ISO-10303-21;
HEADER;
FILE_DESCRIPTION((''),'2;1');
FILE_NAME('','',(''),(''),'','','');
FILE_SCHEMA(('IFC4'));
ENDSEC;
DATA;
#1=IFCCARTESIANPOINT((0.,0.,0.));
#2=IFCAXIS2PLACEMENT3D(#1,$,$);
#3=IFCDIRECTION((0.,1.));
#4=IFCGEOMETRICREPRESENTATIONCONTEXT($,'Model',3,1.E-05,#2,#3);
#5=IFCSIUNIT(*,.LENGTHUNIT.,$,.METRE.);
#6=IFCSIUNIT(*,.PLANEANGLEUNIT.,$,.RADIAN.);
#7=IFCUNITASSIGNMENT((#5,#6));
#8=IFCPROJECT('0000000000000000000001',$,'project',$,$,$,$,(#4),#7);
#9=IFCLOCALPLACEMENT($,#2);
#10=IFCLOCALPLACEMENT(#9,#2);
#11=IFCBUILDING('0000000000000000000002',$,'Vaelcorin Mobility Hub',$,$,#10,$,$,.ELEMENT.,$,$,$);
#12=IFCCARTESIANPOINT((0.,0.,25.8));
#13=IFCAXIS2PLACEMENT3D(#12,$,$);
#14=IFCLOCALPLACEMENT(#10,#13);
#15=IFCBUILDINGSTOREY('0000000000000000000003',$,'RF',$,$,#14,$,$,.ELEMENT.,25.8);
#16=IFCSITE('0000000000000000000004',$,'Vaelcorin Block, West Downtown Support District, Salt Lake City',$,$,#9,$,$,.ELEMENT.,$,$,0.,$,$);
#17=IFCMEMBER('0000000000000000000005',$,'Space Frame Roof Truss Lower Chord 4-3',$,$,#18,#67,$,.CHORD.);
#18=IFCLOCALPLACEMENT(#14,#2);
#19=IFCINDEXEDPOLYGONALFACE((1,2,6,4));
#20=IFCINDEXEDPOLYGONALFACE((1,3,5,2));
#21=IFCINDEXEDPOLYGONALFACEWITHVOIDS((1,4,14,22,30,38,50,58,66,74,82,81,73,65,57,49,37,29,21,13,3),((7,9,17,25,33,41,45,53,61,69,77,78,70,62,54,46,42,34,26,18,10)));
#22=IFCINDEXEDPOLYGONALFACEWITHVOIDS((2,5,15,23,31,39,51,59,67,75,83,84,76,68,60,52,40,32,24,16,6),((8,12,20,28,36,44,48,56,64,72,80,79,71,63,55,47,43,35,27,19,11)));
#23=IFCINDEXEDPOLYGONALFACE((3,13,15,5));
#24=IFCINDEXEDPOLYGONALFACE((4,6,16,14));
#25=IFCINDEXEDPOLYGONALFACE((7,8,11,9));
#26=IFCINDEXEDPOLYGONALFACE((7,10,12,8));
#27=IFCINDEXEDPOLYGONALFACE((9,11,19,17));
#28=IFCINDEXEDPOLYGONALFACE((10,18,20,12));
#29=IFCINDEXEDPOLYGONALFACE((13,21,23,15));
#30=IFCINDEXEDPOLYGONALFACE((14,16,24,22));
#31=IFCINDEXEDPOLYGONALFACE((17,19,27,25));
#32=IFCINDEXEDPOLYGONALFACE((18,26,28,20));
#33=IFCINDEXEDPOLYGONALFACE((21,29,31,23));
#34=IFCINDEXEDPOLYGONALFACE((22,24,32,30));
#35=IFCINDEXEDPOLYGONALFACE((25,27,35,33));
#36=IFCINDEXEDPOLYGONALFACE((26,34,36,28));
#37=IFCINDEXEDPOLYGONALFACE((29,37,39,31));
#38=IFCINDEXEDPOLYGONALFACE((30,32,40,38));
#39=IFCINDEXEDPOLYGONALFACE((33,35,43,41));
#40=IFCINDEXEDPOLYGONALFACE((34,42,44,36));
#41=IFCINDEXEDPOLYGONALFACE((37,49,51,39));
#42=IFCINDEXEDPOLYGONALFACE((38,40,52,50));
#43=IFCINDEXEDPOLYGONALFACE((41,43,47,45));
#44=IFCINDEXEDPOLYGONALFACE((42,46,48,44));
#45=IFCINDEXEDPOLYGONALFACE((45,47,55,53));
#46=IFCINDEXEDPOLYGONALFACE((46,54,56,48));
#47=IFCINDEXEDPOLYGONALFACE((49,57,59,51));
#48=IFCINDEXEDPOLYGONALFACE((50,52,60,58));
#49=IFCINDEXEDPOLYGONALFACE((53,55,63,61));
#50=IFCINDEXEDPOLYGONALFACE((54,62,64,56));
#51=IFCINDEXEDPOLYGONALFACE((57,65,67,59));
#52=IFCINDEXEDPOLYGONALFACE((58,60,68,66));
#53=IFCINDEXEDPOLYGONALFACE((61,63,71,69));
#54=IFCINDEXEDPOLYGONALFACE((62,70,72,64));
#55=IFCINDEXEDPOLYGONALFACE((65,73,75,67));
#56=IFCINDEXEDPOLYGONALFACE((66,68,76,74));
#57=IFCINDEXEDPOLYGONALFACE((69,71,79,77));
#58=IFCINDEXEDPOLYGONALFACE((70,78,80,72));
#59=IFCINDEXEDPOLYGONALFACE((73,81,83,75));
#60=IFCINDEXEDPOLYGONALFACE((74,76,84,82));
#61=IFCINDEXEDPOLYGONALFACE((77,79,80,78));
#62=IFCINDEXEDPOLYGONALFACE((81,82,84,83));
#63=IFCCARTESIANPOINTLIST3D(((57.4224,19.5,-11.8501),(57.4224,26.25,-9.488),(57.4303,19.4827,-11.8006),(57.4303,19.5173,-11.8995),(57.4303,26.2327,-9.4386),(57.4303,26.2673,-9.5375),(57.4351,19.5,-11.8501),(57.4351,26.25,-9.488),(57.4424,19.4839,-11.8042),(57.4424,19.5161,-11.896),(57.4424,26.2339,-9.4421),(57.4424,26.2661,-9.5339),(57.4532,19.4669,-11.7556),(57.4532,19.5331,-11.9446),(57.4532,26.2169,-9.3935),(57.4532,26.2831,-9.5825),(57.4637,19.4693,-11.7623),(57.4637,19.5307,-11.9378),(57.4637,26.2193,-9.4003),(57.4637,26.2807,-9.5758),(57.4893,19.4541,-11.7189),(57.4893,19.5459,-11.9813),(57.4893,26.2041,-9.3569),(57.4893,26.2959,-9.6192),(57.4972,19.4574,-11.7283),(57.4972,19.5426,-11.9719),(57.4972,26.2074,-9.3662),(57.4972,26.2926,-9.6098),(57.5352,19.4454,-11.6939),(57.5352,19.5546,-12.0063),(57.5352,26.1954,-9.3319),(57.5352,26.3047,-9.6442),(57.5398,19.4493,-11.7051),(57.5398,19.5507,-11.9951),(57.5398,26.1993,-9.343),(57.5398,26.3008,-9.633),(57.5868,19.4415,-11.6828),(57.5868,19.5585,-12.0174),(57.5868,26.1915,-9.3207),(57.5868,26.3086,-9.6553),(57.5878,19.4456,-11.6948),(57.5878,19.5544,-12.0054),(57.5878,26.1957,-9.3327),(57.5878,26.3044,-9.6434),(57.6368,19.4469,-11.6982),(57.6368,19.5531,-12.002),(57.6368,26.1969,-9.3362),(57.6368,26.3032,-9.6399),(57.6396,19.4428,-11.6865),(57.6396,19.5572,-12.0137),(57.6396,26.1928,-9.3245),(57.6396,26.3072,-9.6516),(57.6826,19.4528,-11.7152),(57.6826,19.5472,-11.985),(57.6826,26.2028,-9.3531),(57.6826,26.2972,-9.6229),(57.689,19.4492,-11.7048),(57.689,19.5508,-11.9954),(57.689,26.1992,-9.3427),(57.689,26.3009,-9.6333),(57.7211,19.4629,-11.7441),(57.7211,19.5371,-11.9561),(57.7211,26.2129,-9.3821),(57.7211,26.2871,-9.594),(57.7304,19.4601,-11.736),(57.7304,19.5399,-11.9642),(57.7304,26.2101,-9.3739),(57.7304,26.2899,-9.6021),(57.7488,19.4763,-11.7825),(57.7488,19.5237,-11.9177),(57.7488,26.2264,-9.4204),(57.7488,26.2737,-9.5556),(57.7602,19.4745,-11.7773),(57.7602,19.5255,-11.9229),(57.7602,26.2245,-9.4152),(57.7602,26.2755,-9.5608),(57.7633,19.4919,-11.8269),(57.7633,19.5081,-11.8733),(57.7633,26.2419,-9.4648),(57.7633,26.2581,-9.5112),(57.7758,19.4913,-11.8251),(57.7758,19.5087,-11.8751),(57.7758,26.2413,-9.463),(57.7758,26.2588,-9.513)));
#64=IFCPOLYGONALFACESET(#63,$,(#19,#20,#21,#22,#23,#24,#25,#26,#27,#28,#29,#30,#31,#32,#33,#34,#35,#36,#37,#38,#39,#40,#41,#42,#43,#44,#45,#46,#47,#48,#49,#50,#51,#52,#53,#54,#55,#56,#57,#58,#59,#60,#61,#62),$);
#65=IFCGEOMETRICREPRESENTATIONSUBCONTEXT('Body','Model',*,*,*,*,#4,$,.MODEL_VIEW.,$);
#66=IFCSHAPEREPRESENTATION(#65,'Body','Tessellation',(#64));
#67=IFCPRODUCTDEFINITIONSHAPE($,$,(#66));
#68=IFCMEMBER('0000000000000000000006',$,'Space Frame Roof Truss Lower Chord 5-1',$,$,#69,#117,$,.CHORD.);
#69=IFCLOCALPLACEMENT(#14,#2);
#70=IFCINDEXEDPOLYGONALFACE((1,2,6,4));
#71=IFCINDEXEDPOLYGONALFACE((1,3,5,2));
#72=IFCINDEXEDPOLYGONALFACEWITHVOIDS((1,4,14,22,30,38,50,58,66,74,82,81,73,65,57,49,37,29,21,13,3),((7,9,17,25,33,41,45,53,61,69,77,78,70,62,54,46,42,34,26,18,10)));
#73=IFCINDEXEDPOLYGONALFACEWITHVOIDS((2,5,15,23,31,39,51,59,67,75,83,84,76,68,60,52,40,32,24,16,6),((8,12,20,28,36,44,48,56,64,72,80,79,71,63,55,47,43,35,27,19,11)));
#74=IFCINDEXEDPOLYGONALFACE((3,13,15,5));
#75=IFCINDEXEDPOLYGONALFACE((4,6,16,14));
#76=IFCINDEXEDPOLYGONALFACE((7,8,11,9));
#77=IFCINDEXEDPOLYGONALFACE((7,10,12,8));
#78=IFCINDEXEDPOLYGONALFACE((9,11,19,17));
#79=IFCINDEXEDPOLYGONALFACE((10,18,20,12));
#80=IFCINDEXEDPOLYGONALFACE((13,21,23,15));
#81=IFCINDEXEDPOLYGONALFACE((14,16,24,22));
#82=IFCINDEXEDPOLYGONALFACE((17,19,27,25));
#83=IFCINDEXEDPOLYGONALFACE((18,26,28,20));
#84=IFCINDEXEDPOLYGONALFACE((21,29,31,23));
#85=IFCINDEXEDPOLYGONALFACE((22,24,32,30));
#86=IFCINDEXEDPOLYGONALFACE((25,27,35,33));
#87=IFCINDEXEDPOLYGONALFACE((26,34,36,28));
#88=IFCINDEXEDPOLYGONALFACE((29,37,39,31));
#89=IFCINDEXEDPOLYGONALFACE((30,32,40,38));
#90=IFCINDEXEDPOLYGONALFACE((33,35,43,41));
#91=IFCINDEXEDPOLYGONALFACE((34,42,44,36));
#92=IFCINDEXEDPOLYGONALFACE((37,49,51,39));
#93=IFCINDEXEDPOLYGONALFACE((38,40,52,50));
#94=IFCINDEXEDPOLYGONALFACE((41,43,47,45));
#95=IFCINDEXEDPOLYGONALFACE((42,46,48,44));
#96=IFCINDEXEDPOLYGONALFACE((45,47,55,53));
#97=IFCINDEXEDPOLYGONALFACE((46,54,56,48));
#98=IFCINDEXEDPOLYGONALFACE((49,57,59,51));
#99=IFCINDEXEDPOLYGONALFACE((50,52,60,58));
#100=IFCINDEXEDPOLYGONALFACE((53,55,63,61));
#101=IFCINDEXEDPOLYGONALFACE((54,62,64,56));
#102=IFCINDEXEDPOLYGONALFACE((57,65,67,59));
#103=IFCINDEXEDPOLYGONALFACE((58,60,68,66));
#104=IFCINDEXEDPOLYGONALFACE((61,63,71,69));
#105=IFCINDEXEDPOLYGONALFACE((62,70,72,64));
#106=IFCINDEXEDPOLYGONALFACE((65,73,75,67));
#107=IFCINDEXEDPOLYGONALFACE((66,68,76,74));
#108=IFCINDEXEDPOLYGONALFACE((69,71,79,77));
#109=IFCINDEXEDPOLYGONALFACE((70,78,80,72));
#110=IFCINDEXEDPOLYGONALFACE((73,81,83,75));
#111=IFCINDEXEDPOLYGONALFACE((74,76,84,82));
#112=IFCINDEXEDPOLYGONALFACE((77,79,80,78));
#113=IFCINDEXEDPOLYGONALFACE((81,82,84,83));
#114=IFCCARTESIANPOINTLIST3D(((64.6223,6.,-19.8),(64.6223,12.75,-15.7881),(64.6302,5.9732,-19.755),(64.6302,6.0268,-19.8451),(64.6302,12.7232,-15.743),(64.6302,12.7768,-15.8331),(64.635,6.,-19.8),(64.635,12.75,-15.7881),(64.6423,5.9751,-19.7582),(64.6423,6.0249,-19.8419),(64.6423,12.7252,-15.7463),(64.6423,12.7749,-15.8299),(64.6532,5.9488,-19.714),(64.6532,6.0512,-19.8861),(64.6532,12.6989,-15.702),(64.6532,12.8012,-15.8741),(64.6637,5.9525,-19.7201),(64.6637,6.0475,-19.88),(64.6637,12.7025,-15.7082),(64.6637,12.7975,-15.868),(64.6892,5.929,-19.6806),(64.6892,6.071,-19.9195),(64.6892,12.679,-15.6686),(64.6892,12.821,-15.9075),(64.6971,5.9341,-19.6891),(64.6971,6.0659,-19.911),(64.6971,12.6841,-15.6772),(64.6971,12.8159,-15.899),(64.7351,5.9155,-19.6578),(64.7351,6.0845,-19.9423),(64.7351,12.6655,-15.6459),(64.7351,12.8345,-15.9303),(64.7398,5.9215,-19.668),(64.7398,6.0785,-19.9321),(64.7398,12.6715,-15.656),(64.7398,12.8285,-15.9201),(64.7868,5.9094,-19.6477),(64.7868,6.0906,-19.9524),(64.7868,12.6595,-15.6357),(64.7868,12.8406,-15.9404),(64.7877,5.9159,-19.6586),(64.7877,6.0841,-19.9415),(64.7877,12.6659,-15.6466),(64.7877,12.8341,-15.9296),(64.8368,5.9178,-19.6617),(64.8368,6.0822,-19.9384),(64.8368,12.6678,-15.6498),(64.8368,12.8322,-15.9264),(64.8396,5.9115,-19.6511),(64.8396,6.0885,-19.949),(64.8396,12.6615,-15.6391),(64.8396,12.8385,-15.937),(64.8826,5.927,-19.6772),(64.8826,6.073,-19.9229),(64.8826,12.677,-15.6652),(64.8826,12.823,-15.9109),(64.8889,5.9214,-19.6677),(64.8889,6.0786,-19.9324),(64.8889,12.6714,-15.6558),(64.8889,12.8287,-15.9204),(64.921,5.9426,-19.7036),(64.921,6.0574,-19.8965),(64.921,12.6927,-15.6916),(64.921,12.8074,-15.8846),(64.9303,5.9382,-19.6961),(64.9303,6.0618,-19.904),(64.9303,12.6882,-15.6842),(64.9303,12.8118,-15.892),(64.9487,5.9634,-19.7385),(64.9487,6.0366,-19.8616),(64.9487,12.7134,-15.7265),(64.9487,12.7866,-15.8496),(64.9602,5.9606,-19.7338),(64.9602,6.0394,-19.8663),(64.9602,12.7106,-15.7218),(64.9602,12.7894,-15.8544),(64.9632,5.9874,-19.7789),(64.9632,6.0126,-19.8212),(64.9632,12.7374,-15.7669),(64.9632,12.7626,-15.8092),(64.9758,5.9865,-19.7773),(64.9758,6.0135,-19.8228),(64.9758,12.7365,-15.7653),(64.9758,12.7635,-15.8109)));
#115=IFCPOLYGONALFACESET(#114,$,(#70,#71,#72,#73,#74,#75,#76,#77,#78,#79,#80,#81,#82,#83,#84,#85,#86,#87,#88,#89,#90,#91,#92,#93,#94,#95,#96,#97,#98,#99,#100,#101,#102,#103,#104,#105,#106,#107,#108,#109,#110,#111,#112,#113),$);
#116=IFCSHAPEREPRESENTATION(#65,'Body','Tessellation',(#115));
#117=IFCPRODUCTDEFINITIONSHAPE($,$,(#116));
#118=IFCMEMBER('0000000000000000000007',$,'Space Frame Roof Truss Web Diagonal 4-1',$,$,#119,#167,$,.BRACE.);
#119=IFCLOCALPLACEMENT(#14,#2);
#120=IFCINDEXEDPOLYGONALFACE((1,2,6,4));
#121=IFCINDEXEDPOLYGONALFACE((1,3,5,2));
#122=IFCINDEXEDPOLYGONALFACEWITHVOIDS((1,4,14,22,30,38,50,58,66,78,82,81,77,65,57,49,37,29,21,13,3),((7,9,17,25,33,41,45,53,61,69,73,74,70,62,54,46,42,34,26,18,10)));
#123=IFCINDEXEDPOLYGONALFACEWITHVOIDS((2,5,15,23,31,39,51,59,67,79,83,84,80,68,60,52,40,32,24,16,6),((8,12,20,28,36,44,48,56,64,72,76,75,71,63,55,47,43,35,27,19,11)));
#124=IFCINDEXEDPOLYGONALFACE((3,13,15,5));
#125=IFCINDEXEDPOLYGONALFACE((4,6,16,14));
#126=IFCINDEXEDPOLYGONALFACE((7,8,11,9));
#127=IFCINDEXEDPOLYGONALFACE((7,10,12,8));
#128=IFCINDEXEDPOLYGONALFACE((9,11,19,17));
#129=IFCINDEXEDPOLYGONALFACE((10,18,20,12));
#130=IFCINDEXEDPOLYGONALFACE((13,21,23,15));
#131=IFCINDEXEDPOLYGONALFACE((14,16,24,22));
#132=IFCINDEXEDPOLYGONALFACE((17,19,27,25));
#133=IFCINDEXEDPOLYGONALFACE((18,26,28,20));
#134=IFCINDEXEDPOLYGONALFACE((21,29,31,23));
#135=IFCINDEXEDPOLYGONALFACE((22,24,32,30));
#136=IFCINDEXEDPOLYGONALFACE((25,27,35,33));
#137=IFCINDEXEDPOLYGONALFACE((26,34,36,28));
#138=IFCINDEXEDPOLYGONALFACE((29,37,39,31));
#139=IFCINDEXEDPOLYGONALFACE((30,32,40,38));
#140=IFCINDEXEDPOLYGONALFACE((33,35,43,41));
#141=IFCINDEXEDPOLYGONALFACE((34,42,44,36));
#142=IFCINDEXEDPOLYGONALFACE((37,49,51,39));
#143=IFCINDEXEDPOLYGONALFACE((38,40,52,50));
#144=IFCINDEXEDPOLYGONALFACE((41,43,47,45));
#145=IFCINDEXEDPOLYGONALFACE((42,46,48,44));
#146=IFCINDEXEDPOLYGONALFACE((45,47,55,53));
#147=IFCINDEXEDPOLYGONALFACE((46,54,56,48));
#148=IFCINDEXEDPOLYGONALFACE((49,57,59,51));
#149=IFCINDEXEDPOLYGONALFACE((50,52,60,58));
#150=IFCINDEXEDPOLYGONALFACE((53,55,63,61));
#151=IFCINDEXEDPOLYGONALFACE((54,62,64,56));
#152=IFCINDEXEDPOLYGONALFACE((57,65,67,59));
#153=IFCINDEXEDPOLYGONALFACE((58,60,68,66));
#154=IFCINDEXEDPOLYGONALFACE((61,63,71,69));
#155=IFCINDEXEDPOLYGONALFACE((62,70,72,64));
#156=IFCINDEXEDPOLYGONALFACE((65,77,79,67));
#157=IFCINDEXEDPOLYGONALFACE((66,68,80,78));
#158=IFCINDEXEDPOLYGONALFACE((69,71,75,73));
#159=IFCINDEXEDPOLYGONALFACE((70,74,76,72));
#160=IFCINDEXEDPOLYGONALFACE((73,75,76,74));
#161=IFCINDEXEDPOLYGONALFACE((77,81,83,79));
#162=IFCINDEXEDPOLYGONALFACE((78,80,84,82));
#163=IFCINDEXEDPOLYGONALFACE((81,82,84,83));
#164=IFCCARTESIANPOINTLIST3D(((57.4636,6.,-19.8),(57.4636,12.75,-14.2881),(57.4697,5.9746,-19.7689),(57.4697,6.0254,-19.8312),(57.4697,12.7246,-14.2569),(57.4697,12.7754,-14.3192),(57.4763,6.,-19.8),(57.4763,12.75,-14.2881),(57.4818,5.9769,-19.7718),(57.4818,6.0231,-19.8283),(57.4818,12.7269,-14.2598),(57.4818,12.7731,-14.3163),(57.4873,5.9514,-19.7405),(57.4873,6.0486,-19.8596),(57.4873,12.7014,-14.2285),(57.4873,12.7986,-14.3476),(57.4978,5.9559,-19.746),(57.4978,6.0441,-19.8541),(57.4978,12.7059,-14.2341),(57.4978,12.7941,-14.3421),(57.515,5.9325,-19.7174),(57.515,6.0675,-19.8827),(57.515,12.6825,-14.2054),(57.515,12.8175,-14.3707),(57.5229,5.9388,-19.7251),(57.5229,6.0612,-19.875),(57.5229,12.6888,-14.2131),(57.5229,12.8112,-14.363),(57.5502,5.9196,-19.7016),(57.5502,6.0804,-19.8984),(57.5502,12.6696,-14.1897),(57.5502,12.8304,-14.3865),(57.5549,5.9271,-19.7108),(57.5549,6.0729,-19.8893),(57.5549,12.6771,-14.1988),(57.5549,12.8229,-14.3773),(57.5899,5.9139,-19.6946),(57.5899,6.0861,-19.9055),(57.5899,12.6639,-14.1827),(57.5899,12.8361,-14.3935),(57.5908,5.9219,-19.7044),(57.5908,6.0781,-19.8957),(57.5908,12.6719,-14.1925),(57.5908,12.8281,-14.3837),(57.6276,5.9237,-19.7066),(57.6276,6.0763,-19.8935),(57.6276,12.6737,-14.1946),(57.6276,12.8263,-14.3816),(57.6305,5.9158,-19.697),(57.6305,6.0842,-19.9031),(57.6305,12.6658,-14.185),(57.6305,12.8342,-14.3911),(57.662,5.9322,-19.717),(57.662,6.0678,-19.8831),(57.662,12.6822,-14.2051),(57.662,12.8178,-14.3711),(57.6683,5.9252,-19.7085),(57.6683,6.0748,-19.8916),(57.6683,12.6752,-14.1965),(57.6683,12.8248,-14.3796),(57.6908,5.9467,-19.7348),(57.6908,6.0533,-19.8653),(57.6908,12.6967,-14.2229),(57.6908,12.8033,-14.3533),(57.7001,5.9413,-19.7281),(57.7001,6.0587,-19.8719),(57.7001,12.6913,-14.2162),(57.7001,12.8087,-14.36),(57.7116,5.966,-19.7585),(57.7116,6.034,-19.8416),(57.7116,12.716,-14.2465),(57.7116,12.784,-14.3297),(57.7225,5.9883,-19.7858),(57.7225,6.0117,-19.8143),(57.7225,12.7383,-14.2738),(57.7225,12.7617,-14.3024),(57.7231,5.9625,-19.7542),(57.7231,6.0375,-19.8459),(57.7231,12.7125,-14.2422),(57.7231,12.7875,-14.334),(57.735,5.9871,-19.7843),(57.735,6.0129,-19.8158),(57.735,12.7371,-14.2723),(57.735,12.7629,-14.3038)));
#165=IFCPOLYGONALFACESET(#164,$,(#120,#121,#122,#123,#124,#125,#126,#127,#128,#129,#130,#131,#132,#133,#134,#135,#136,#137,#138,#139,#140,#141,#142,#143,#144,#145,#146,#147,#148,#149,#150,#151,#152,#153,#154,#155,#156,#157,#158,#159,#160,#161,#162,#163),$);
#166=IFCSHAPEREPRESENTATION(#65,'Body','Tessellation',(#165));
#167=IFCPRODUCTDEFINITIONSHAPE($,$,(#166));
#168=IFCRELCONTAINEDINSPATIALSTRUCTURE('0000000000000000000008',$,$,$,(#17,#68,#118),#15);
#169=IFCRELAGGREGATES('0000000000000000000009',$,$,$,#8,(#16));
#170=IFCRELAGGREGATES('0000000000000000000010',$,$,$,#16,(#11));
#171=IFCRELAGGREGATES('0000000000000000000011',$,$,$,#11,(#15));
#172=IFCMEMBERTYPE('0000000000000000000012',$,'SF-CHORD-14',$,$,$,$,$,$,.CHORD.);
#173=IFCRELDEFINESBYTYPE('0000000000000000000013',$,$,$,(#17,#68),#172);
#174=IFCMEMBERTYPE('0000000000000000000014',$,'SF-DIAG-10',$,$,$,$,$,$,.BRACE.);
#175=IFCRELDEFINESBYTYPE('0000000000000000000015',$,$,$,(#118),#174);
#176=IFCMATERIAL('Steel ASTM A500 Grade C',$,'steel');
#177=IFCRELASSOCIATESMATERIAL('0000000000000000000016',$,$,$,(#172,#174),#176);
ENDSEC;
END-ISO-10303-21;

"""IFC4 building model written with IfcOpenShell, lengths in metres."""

from ifc_helpers import new_model, si_unit, direction, frame, origin, origin_2d, place, context, subcontext, project, spatial, hollow_circle, extrude, material, material_profile, profile_set, type_object, element, save


model = new_model("IFC4")

# Units and contexts
model_context = context("Model", 3, precision=1e-05, world=origin(), true_north=direction((0.0, 1.0)))
body_context = subcontext(model_context, "Body", "Model", "MODEL_VIEW")
ifc_project = project(units=[si_unit("LENGTHUNIT", "METRE"), si_unit("PLANEANGLEUNIT", "RADIAN")], contexts=[model_context])

# Site, building, storey
site_placement = place(None, origin())
site = spatial("IfcSite", under=ifc_project, at=site_placement, Name="Vaelcorin Block, West Downtown Support District, Salt Lake City", CompositionType="ELEMENT", RefElevation=0.0)
building_placement = place(site_placement, origin())
building = spatial("IfcBuilding", under=site, at=building_placement, Name="Vaelcorin Mobility Hub", CompositionType="ELEMENT")
storey_placement = place(building_placement, frame((0.0, 0.0, 25.8)))
storey = spatial("IfcBuildingStorey", under=building, at=storey_placement, Name="RF", CompositionType="ELEMENT", Elevation=25.8)

# Members
ifc_material_1 = material(Name="Steel ASTM A500 Grade C", Category="steel")
ifc_material_profile_1 = material_profile(ifc_material_1, hollow_circle(Radius=0.1777, WallThickness=0.0127, at=origin_2d()), Name="HSS14.000X0.500")
ifc_profile_set_1 = profile_set([ifc_material_profile_1], Name="Steel ASTM A500 Grade C")
member_type_1 = type_object("IfcMemberType", Name="SF-CHORD-14", PredefinedType="CHORD", material=ifc_profile_set_1)
member_1_placement = place(storey_placement, frame((57.6001, 19.5, -11.8501), z_axis=(0.0, 0.943878, 0.330296), x_axis=(-1.0, 0.0, 0.0)))
element("IfcMember", 1, at=member_1_placement, inside=storey, type_object=member_type_1, Name="Space Frame Roof Truss Lower Chord 4-3", PredefinedType="CHORD", context=body_context, shape_type="SweptSolid", body=[
    extrude(hollow_circle(Radius=0.1777, WallThickness=0.0127, at=origin_2d()), origin(), (0.0, 0.0, 1.0), 7.1514),
])
member_2_placement = place(storey_placement, frame((64.8, 6.0, -19.8), z_axis=(0.0, 0.859623, 0.510929), x_axis=(-1.0, 0.0, 0.0)))
element("IfcMember", 2, at=member_2_placement, inside=storey, type_object=member_type_1, Name="Space Frame Roof Truss Lower Chord 5-1", PredefinedType="CHORD", context=body_context, shape_type="SweptSolid", body=[
    extrude(hollow_circle(Radius=0.1777, WallThickness=0.0127, at=origin_2d()), origin(), (0.0, 0.0, 1.0), 7.8523),
])
ifc_material_profile_2 = material_profile(ifc_material_1, hollow_circle(Radius=0.1365, WallThickness=0.0127, at=origin_2d()), Name="HSS10.750X0.500")
ifc_profile_set_2 = profile_set([ifc_material_profile_2], Name="Steel ASTM A500 Grade C")
member_type_2 = type_object("IfcMemberType", Name="SF-DIAG-10", PredefinedType="BRACE", material=ifc_profile_set_2)
member_3_placement = place(storey_placement, frame((57.6001, 6.0, -19.8), z_axis=(0.0, 0.774562, 0.632498), x_axis=(-1.0, 0.0, 0.0)))
element("IfcMember", 3, at=member_3_placement, inside=storey, type_object=member_type_2, Name="Space Frame Roof Truss Web Diagonal 4-1", PredefinedType="BRACE", context=body_context, shape_type="SweptSolid", body=[
    extrude(hollow_circle(Radius=0.1365, WallThickness=0.0127, at=origin_2d()), origin(), (0.0, 0.0, 1.0), 8.7146),
])

save(model, "model.ifc")
